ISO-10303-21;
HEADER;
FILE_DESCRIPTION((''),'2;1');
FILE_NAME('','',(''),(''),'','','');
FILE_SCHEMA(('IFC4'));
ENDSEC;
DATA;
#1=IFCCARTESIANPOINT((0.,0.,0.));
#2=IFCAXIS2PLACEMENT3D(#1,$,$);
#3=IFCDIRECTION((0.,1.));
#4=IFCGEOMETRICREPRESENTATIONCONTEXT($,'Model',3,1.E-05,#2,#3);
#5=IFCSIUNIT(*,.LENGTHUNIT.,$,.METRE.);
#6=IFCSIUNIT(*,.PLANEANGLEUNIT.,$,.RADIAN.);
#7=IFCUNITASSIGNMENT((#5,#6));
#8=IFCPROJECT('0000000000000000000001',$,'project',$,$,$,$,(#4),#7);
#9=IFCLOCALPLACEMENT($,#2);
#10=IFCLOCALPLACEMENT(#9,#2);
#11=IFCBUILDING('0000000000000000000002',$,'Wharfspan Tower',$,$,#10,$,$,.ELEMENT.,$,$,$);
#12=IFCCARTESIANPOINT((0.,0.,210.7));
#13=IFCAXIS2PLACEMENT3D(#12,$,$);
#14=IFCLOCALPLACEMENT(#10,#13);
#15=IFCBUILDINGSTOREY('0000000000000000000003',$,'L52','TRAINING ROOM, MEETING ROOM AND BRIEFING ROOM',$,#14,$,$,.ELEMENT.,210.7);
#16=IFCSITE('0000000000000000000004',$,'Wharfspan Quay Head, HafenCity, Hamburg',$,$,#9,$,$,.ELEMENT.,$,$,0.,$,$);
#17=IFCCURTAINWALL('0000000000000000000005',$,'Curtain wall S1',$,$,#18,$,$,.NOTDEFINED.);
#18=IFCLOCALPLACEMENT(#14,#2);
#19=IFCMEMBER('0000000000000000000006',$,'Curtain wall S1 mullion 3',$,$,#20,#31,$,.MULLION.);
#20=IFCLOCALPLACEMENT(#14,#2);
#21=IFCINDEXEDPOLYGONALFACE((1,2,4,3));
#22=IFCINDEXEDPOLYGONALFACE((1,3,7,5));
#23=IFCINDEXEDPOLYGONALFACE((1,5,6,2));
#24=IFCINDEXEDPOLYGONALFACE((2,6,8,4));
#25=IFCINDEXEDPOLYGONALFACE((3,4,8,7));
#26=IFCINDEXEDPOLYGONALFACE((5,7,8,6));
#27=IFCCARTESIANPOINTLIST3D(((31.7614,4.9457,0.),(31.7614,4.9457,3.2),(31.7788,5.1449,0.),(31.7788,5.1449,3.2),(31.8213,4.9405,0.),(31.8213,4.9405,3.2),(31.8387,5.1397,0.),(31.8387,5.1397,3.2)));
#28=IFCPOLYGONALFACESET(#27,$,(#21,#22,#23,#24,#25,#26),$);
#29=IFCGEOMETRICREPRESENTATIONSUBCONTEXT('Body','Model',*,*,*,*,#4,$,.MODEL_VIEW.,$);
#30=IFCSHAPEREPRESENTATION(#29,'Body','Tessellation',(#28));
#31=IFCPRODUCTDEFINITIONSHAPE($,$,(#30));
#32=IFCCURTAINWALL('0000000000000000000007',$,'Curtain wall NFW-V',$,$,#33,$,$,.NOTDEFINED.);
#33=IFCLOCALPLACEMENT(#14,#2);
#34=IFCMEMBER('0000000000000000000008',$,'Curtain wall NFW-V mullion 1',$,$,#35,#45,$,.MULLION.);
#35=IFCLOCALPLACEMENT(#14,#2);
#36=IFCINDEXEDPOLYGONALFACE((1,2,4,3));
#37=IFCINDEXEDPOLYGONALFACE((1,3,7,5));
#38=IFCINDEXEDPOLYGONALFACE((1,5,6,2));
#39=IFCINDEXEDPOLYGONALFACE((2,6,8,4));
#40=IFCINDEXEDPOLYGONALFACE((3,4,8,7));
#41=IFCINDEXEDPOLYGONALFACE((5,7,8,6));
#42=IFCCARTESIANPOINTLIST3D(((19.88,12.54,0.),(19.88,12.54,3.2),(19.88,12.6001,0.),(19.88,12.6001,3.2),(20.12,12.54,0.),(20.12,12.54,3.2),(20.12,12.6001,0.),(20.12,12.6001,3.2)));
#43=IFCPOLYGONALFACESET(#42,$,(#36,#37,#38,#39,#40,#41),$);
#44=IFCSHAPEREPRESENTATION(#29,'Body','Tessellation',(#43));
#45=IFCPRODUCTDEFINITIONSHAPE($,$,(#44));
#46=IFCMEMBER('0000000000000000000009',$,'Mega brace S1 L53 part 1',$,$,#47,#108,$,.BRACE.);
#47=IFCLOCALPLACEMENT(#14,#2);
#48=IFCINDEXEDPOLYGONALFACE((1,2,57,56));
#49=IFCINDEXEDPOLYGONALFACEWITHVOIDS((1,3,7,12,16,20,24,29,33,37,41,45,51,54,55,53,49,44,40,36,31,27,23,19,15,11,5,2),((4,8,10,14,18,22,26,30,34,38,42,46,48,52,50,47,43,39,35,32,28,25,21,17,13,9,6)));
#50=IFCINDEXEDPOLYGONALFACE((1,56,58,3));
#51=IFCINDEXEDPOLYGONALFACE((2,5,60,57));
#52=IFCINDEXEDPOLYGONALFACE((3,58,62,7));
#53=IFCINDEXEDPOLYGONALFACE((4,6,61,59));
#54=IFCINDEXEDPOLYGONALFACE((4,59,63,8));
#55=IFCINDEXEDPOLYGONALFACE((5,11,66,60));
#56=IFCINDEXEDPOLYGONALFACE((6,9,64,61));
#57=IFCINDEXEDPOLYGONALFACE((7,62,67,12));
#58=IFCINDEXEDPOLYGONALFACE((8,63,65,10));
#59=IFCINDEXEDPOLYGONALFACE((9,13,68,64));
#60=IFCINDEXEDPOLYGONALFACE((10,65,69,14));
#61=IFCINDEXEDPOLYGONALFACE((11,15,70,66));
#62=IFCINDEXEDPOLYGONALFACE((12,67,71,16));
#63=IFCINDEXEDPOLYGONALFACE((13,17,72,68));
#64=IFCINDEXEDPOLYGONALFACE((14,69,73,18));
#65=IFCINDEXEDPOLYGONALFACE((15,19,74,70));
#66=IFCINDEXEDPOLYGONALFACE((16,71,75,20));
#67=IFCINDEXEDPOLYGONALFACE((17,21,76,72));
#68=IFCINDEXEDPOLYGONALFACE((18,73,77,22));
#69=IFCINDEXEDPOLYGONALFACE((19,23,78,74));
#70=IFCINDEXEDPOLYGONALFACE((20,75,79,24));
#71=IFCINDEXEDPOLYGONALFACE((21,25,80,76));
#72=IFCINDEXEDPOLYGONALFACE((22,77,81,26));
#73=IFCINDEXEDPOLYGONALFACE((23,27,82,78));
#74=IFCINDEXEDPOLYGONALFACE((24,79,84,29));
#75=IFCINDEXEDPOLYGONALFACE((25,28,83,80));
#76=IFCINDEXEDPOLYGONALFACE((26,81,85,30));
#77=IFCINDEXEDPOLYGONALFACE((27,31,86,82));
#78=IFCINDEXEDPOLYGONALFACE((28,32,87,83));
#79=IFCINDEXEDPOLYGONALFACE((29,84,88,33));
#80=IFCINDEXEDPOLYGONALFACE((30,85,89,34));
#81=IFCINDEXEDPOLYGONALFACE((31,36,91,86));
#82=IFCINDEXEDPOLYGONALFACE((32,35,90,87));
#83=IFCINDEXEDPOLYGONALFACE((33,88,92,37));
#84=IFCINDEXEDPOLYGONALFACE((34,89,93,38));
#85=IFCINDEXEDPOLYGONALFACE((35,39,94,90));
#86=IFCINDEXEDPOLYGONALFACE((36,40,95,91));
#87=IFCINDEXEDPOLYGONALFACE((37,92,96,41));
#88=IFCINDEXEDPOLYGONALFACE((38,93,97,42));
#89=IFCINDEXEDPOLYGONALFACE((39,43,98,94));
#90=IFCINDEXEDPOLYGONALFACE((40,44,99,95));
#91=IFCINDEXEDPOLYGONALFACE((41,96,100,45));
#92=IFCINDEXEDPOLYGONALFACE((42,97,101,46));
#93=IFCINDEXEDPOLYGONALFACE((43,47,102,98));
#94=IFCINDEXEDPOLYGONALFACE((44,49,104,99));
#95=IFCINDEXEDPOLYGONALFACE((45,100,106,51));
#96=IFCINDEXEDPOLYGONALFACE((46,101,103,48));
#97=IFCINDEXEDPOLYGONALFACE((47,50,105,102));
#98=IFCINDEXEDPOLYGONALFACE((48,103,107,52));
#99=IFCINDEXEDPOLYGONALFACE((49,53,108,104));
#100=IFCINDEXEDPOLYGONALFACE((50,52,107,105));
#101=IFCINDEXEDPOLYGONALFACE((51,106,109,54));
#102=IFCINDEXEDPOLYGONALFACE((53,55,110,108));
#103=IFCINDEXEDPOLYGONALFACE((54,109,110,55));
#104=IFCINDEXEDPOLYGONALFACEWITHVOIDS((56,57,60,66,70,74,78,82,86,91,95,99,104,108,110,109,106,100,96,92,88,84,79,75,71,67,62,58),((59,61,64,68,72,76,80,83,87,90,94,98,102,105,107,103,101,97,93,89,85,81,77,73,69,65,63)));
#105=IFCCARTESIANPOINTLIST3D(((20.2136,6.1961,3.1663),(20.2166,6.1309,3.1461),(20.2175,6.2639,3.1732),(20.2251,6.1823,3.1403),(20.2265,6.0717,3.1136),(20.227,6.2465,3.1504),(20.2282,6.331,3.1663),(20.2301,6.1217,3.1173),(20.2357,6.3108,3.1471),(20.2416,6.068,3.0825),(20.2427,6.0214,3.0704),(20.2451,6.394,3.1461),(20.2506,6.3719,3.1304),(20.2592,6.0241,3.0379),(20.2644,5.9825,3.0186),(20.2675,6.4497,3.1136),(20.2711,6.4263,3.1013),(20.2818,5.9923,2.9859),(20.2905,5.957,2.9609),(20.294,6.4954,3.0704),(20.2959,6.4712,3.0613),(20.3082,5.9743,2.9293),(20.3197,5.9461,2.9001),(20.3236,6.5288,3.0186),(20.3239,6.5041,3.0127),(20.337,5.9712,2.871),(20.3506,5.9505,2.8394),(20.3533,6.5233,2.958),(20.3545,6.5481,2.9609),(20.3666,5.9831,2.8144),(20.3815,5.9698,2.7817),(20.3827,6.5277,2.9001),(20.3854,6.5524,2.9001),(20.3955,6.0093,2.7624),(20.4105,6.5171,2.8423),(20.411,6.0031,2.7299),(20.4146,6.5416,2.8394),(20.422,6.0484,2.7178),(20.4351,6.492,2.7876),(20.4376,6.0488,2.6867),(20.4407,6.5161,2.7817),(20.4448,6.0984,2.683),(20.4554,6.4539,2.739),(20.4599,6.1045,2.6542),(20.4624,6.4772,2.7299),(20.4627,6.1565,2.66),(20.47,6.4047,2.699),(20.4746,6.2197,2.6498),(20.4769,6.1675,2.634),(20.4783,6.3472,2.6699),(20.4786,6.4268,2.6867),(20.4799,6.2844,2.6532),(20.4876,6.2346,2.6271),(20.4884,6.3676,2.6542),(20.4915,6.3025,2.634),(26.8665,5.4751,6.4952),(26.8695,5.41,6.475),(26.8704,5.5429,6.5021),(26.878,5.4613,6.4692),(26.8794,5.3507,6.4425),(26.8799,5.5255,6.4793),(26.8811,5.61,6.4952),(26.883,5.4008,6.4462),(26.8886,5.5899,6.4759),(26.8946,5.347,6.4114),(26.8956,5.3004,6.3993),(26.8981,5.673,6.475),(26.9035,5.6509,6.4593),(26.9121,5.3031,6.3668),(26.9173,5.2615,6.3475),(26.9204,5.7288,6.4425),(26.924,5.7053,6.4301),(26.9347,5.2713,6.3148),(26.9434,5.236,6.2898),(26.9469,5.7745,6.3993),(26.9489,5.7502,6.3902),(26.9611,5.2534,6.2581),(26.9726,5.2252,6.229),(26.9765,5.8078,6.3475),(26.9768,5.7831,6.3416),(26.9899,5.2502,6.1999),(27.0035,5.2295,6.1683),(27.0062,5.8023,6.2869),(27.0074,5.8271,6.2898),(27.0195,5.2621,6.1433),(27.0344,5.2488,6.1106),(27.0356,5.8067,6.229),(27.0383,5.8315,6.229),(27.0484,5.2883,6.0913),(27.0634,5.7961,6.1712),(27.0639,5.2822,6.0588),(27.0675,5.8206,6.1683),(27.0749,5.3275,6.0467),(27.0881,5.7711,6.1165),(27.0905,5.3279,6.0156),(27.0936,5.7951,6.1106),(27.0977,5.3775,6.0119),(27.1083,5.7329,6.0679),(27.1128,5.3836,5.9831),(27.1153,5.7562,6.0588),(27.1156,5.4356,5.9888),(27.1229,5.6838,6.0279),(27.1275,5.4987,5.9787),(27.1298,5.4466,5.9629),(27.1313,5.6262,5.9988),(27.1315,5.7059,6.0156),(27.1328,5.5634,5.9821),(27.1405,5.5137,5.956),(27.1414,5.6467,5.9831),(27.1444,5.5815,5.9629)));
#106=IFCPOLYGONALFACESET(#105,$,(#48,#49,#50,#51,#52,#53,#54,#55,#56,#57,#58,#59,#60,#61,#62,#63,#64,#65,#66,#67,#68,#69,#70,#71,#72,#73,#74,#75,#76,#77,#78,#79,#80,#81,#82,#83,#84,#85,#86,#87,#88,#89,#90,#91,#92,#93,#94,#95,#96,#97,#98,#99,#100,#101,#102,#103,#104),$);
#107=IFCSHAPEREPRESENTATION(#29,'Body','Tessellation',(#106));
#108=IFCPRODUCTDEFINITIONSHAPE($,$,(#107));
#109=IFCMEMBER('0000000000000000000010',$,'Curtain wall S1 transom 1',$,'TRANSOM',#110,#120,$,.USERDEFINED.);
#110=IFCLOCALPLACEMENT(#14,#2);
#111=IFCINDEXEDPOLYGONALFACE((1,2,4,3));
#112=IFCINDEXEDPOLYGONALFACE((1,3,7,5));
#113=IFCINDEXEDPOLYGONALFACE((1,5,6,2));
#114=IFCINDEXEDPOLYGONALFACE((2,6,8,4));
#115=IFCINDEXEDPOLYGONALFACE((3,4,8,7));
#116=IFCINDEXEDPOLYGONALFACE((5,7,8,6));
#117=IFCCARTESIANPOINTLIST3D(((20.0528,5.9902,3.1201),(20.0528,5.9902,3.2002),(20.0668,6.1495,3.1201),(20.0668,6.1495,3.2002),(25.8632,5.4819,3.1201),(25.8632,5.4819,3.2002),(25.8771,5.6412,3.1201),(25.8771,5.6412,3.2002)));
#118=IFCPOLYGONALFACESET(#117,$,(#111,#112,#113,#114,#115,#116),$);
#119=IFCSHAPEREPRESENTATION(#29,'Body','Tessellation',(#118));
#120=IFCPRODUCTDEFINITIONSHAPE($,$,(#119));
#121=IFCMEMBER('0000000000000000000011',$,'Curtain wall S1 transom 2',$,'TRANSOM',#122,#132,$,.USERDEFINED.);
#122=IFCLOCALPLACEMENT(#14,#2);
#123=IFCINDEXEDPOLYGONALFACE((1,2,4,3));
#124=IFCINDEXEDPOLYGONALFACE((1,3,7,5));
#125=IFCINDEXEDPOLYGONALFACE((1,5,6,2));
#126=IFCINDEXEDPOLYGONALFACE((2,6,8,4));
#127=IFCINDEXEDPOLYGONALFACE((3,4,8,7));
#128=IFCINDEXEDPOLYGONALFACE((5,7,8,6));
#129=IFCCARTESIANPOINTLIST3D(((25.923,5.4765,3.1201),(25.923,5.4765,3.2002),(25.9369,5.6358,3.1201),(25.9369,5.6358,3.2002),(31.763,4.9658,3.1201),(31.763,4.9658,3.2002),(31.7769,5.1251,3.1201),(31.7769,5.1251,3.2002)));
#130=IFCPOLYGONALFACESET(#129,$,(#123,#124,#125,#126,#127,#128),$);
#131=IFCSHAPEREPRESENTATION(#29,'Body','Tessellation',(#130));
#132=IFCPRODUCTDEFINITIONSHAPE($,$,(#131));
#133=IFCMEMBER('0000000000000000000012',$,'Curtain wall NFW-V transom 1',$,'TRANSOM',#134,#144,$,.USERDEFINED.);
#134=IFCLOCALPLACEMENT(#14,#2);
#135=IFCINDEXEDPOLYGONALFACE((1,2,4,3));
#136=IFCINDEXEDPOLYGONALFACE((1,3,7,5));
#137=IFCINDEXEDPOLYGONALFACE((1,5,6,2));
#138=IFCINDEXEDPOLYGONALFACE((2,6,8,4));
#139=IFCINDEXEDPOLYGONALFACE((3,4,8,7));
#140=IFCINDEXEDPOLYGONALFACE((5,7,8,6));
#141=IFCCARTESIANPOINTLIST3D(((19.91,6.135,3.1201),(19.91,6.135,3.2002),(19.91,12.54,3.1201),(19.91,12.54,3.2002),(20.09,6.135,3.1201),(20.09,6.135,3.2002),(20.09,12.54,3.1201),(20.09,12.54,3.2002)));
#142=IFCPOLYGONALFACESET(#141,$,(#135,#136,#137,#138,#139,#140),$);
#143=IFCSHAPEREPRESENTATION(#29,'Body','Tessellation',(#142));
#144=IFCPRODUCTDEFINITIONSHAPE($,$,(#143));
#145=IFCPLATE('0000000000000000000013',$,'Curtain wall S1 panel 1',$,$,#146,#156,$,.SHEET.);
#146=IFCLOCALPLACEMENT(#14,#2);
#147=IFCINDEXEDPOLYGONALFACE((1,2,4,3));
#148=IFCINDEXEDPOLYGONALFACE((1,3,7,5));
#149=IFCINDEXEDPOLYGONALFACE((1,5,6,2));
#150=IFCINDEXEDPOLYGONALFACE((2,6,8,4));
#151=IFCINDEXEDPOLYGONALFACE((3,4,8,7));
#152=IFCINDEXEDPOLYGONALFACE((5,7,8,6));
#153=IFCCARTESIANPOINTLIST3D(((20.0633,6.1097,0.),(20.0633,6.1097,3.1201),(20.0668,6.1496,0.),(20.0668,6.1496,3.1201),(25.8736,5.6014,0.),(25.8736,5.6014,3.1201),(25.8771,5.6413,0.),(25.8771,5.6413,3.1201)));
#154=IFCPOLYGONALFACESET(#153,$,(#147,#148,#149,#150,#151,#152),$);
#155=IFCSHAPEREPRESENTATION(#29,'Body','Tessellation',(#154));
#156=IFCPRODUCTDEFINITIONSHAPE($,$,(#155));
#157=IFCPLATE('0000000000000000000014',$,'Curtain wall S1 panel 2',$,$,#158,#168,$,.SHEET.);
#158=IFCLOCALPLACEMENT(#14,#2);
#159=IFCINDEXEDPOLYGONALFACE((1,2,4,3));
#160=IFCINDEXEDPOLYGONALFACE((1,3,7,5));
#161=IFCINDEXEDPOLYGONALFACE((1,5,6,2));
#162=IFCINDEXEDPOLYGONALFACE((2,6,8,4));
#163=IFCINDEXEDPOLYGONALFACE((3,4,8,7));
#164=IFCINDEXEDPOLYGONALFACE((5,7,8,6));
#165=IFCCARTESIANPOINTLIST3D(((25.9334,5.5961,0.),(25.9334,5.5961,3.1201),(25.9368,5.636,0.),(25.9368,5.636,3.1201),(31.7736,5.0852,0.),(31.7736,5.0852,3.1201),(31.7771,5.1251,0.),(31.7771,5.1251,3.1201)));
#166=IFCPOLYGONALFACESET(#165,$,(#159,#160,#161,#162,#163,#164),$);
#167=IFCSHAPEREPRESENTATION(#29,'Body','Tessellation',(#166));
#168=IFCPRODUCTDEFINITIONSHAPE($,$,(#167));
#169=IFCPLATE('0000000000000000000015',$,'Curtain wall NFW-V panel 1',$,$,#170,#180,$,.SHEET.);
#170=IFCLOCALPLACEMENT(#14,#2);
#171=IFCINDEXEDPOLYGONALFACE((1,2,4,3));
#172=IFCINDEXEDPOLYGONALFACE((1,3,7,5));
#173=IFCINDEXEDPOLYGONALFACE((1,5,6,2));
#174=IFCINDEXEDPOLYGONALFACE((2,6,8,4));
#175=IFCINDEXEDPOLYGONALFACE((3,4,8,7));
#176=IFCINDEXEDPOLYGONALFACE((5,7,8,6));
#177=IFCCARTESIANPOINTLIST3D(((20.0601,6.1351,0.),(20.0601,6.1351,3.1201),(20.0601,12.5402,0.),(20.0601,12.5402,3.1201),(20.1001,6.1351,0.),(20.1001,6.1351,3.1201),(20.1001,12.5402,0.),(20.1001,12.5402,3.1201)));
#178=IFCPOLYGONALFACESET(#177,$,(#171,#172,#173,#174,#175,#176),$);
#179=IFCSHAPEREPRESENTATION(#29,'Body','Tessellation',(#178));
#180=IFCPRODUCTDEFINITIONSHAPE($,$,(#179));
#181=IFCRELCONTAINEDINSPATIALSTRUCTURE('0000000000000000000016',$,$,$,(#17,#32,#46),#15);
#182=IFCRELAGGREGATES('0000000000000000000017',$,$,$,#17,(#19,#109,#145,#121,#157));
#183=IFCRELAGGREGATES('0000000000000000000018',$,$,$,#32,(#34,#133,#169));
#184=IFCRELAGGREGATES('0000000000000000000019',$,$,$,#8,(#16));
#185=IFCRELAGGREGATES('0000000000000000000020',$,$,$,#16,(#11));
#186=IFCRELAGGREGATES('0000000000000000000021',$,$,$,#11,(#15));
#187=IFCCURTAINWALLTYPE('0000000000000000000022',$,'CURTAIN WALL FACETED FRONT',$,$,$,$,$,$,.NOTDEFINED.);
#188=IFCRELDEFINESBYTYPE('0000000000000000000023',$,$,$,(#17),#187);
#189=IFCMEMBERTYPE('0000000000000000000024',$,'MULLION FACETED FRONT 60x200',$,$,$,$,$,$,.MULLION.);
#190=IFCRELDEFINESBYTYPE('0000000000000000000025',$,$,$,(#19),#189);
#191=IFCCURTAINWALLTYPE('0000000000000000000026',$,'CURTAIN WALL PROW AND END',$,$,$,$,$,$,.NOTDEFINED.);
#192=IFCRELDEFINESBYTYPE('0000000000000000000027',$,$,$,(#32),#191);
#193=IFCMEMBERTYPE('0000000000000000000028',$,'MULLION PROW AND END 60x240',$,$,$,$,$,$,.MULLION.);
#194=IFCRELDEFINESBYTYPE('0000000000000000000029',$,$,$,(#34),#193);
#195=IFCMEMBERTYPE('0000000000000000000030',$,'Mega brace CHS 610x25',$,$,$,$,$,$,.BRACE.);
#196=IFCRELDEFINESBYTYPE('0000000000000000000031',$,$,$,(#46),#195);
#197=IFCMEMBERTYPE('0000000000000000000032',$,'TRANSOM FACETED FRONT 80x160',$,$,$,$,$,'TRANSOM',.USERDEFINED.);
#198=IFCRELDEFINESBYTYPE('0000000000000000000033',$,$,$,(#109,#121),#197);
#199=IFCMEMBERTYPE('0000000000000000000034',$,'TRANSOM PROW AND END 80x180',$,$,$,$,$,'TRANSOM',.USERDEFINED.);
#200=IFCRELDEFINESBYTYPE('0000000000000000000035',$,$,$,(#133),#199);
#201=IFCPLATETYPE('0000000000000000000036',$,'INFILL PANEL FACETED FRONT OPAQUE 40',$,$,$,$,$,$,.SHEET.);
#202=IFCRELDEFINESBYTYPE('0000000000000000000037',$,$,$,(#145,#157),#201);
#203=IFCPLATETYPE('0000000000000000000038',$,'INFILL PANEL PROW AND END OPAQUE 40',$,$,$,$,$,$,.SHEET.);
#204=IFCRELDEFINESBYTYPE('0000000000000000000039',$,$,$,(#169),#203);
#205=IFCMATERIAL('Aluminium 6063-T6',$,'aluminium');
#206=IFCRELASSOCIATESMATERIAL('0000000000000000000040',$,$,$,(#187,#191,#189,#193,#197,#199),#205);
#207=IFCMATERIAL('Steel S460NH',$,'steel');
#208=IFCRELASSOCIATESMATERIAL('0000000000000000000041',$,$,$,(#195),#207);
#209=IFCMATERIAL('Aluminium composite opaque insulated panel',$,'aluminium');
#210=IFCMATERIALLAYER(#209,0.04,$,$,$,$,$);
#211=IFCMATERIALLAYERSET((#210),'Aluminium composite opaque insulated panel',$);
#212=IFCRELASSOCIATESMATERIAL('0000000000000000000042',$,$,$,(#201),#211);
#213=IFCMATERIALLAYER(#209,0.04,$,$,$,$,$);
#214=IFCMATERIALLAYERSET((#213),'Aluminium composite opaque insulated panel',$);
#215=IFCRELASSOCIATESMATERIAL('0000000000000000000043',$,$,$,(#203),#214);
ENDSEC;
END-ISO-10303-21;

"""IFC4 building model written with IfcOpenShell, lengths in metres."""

from ifc_helpers import new_model, si_unit, direction, frame, origin, origin_2d, place, context, subcontext, project, spatial, rectangle, hollow_circle, extrude, material, layer, layer_set, material_profile, profile_set, type_object, element, aggregate, save


model = new_model("IFC4")

# Units and contexts
model_context = context("Model", 3, precision=1e-05, world=origin(), true_north=direction((0.0, 1.0)))
body_context = subcontext(model_context, "Body", "Model", "MODEL_VIEW")
ifc_project = project(units=[si_unit("LENGTHUNIT", "METRE"), si_unit("PLANEANGLEUNIT", "RADIAN")], contexts=[model_context])

# Site, building, storey
site_placement = place(None, origin())
site = spatial("IfcSite", under=ifc_project, at=site_placement, Name="Wharfspan Quay Head, HafenCity, Hamburg", CompositionType="ELEMENT", RefElevation=0.0)
building_placement = place(site_placement, origin())
building = spatial("IfcBuilding", under=site, at=building_placement, Name="Wharfspan Tower", CompositionType="ELEMENT")
storey_placement = place(building_placement, frame((0.0, 0.0, 210.7)))
storey = spatial("IfcBuildingStorey", under=building, at=storey_placement, Name="L52", Description="TRAINING ROOM, MEETING ROOM AND BRIEFING ROOM", CompositionType="ELEMENT", Elevation=210.7)

# Curtain wall, member
ifc_material_1 = material(Name="Aluminium 6063-T6", Category="aluminium")
curtain_wall_type_1 = type_object("IfcCurtainWallType", Name="CURTAIN WALL FACETED FRONT", PredefinedType="NOTDEFINED", material=ifc_material_1)
curtain_wall_1_placement = place(storey_placement, origin())
curtain_wall_1 = element("IfcCurtainWall", 1, at=curtain_wall_1_placement, inside=storey, type_object=curtain_wall_type_1, Name="Curtain wall S1", PredefinedType="NOTDEFINED")
ifc_material_profile_1 = material_profile(ifc_material_1, rectangle(XDim=0.2, YDim=0.0601, at=origin_2d()))
ifc_profile_set_1 = profile_set([ifc_material_profile_1], Name="Aluminium 6063-T6")
member_type_1 = type_object("IfcMemberType", Name="MULLION FACETED FRONT 60x200", PredefinedType="MULLION", material=ifc_profile_set_1)
member_1_placement = place(storey_placement, frame((31.8, 5.0427, 0.0), z_axis=(0.0, 0.0, 1.0), x_axis=(0.087156, 0.996197, 0.0)))
member_1 = element("IfcMember", 2, at=member_1_placement, type_object=member_type_1, Name="Curtain wall S1 mullion 3", PredefinedType="MULLION", context=body_context, shape_type="SweptSolid", body=[
    extrude(rectangle(XDim=0.2, YDim=0.0601, at=origin_2d()), origin(), (0.0, 0.0, 1.0), 3.2),
])

# Curtain wall, member
curtain_wall_type_2 = type_object("IfcCurtainWallType", Name="CURTAIN WALL PROW AND END", PredefinedType="NOTDEFINED", material=ifc_material_1)
curtain_wall_2_placement = place(storey_placement, origin())
curtain_wall_2 = element("IfcCurtainWall", 3, at=curtain_wall_2_placement, inside=storey, type_object=curtain_wall_type_2, Name="Curtain wall NFW-V", PredefinedType="NOTDEFINED")
ifc_material_profile_2 = material_profile(ifc_material_1, rectangle(XDim=0.24, YDim=0.0601, at=origin_2d()))
ifc_profile_set_2 = profile_set([ifc_material_profile_2], Name="Aluminium 6063-T6")
member_type_2 = type_object("IfcMemberType", Name="MULLION PROW AND END 60x240", PredefinedType="MULLION", material=ifc_profile_set_2)
member_2_placement = place(storey_placement, frame((20.0, 12.5701, 0.0), z_axis=(0.0, 0.0, 1.0), x_axis=(1.0, 0.0, 0.0)))
member_2 = element("IfcMember", 4, at=member_2_placement, type_object=member_type_2, Name="Curtain wall NFW-V mullion 1", PredefinedType="MULLION", context=body_context, shape_type="SweptSolid", body=[
    extrude(rectangle(XDim=0.24, YDim=0.0601, at=origin_2d()), origin(), (0.0, 0.0, 1.0), 3.2),
])

# Members
ifc_material_2 = material(Name="Steel S460NH", Category="steel")
ifc_material_profile_3 = material_profile(ifc_material_2, hollow_circle(Radius=0.3049, WallThickness=0.0249, at=origin_2d()))
ifc_profile_set_3 = profile_set([ifc_material_profile_3], Name="Steel S460NH")
member_type_3 = type_object("IfcMemberType", Name="Mega brace CHS 610x25", PredefinedType="BRACE", material=ifc_profile_set_3)
member_3_placement = place(storey_placement, frame((20.3525, 6.2493, 2.9001), z_axis=(0.890126, -0.09646, 0.445389), x_axis=(0.107737, 0.99418, -0.000002)))
element("IfcMember", 5, at=member_3_placement, inside=storey, type_object=member_type_3, Name="Mega brace S1 L53 part 1", PredefinedType="BRACE", context=body_context, shape_type="SweptSolid", body=[
    extrude(hollow_circle(Radius=0.3049, WallThickness=0.0249, at=origin_2d()), origin(), (0.0, 0.0, 1.0), 7.4741),
])
ifc_material_profile_4 = material_profile(ifc_material_1, rectangle(XDim=0.1599, YDim=0.0801, at=origin_2d()))
ifc_profile_set_4 = profile_set([ifc_material_profile_4], Name="Aluminium 6063-T6")
member_type_4 = type_object("IfcMemberType", Name="TRANSOM FACETED FRONT 80x160", ElementType="TRANSOM", PredefinedType="USERDEFINED", material=ifc_profile_set_4)
member_4_placement = place(storey_placement, frame((20.0598, 6.0698, 3.1602), z_axis=(0.996195, -0.08715, 0.0), x_axis=(0.08715, 0.996195, 0.0)))
member_4 = element("IfcMember", 6, at=member_4_placement, type_object=member_type_4, Name="Curtain wall S1 transom 1", ObjectType="TRANSOM", PredefinedType="USERDEFINED", context=body_context, shape_type="SweptSolid", body=[
    extrude(rectangle(XDim=0.1599, YDim=0.0801, at=origin_2d()), origin(), (0.0, 0.0, 1.0), 5.8325),
])
member_5_placement = place(storey_placement, frame((25.9299, 5.5562, 3.1602), z_axis=(0.996198, -0.087122, 0.0), x_axis=(0.087122, 0.996198, 0.0)))
member_5 = element("IfcMember", 7, at=member_5_placement, type_object=member_type_4, Name="Curtain wall S1 transom 2", ObjectType="TRANSOM", PredefinedType="USERDEFINED", context=body_context, shape_type="SweptSolid", body=[
    extrude(rectangle(XDim=0.1599, YDim=0.0801, at=origin_2d()), origin(), (0.0, 0.0, 1.0), 5.8623),
])
ifc_material_profile_5 = material_profile(ifc_material_1, rectangle(XDim=0.1799, YDim=0.0801, at=origin_2d()))
ifc_profile_set_5 = profile_set([ifc_material_profile_5], Name="Aluminium 6063-T6")
member_type_5 = type_object("IfcMemberType", Name="TRANSOM PROW AND END 80x180", ElementType="TRANSOM", PredefinedType="USERDEFINED", material=ifc_profile_set_5)
member_6_placement = place(storey_placement, frame((20.0, 12.54, 3.1602), z_axis=(0.0, -1.0, 0.0), x_axis=(1.0, 0.0, 0.0)))
member_6 = element("IfcMember", 8, at=member_6_placement, type_object=member_type_5, Name="Curtain wall NFW-V transom 1", ObjectType="TRANSOM", PredefinedType="USERDEFINED", context=body_context, shape_type="SweptSolid", body=[
    extrude(rectangle(XDim=0.1799, YDim=0.0801, at=origin_2d()), origin(), (0.0, 0.0, 1.0), 6.405),
])

# Plates
ifc_material_3 = material(Name="Aluminium composite opaque insulated panel", Category="aluminium")
ifc_layer_1 = layer(ifc_material_3, 0.04)
ifc_layer_set_1 = layer_set([ifc_layer_1], Name="Aluminium composite opaque insulated panel")
plate_type_1 = type_object("IfcPlateType", Name="INFILL PANEL FACETED FRONT OPAQUE 40", PredefinedType="SHEET", material=ifc_layer_set_1)
plate_1_placement = place(storey_placement, frame((22.9702, 5.8755, 0.0), z_axis=(0.0, 0.0, 1.0), x_axis=(0.996197, -0.087156, 0.0)))
plate_1 = element("IfcPlate", 9, at=plate_1_placement, type_object=plate_type_1, Name="Curtain wall S1 panel 1", PredefinedType="SHEET", context=body_context, shape_type="SweptSolid", body=[
    extrude(rectangle(XDim=5.8325, YDim=0.04, at=origin_2d()), origin(), (0.0, 0.0, 1.0), 3.1201),
])
plate_2_placement = place(storey_placement, frame((28.8552, 5.3606, 0.0), z_axis=(0.0, 0.0, 1.0), x_axis=(0.996197, -0.087156, 0.0)))
plate_2 = element("IfcPlate", 10, at=plate_2_placement, type_object=plate_type_1, Name="Curtain wall S1 panel 2", PredefinedType="SHEET", context=body_context, shape_type="SweptSolid", body=[
    extrude(rectangle(XDim=5.8625, YDim=0.04, at=origin_2d()), origin(), (0.0, 0.0, 1.0), 3.1201),
])
aggregate(curtain_wall_1, [member_1, member_4, plate_1, member_5, plate_2])
ifc_layer_2 = layer(ifc_material_3, 0.04)
ifc_layer_set_2 = layer_set([ifc_layer_2], Name="Aluminium composite opaque insulated panel")
plate_type_2 = type_object("IfcPlateType", Name="INFILL PANEL PROW AND END OPAQUE 40", PredefinedType="SHEET", material=ifc_layer_set_2)
plate_3_placement = place(storey_placement, frame((20.0801, 9.3376, 0.0), z_axis=(0.0, 0.0, 1.0), x_axis=(0.0, -1.0, 0.0)))
plate_3 = element("IfcPlate", 11, at=plate_3_placement, type_object=plate_type_2, Name="Curtain wall NFW-V panel 1", PredefinedType="SHEET", context=body_context, shape_type="SweptSolid", body=[
    extrude(rectangle(XDim=6.405, YDim=0.04, at=origin_2d()), origin(), (0.0, 0.0, 1.0), 3.1201),
])
aggregate(curtain_wall_2, [member_2, member_6, plate_3])

save(model, "model.ifc")
